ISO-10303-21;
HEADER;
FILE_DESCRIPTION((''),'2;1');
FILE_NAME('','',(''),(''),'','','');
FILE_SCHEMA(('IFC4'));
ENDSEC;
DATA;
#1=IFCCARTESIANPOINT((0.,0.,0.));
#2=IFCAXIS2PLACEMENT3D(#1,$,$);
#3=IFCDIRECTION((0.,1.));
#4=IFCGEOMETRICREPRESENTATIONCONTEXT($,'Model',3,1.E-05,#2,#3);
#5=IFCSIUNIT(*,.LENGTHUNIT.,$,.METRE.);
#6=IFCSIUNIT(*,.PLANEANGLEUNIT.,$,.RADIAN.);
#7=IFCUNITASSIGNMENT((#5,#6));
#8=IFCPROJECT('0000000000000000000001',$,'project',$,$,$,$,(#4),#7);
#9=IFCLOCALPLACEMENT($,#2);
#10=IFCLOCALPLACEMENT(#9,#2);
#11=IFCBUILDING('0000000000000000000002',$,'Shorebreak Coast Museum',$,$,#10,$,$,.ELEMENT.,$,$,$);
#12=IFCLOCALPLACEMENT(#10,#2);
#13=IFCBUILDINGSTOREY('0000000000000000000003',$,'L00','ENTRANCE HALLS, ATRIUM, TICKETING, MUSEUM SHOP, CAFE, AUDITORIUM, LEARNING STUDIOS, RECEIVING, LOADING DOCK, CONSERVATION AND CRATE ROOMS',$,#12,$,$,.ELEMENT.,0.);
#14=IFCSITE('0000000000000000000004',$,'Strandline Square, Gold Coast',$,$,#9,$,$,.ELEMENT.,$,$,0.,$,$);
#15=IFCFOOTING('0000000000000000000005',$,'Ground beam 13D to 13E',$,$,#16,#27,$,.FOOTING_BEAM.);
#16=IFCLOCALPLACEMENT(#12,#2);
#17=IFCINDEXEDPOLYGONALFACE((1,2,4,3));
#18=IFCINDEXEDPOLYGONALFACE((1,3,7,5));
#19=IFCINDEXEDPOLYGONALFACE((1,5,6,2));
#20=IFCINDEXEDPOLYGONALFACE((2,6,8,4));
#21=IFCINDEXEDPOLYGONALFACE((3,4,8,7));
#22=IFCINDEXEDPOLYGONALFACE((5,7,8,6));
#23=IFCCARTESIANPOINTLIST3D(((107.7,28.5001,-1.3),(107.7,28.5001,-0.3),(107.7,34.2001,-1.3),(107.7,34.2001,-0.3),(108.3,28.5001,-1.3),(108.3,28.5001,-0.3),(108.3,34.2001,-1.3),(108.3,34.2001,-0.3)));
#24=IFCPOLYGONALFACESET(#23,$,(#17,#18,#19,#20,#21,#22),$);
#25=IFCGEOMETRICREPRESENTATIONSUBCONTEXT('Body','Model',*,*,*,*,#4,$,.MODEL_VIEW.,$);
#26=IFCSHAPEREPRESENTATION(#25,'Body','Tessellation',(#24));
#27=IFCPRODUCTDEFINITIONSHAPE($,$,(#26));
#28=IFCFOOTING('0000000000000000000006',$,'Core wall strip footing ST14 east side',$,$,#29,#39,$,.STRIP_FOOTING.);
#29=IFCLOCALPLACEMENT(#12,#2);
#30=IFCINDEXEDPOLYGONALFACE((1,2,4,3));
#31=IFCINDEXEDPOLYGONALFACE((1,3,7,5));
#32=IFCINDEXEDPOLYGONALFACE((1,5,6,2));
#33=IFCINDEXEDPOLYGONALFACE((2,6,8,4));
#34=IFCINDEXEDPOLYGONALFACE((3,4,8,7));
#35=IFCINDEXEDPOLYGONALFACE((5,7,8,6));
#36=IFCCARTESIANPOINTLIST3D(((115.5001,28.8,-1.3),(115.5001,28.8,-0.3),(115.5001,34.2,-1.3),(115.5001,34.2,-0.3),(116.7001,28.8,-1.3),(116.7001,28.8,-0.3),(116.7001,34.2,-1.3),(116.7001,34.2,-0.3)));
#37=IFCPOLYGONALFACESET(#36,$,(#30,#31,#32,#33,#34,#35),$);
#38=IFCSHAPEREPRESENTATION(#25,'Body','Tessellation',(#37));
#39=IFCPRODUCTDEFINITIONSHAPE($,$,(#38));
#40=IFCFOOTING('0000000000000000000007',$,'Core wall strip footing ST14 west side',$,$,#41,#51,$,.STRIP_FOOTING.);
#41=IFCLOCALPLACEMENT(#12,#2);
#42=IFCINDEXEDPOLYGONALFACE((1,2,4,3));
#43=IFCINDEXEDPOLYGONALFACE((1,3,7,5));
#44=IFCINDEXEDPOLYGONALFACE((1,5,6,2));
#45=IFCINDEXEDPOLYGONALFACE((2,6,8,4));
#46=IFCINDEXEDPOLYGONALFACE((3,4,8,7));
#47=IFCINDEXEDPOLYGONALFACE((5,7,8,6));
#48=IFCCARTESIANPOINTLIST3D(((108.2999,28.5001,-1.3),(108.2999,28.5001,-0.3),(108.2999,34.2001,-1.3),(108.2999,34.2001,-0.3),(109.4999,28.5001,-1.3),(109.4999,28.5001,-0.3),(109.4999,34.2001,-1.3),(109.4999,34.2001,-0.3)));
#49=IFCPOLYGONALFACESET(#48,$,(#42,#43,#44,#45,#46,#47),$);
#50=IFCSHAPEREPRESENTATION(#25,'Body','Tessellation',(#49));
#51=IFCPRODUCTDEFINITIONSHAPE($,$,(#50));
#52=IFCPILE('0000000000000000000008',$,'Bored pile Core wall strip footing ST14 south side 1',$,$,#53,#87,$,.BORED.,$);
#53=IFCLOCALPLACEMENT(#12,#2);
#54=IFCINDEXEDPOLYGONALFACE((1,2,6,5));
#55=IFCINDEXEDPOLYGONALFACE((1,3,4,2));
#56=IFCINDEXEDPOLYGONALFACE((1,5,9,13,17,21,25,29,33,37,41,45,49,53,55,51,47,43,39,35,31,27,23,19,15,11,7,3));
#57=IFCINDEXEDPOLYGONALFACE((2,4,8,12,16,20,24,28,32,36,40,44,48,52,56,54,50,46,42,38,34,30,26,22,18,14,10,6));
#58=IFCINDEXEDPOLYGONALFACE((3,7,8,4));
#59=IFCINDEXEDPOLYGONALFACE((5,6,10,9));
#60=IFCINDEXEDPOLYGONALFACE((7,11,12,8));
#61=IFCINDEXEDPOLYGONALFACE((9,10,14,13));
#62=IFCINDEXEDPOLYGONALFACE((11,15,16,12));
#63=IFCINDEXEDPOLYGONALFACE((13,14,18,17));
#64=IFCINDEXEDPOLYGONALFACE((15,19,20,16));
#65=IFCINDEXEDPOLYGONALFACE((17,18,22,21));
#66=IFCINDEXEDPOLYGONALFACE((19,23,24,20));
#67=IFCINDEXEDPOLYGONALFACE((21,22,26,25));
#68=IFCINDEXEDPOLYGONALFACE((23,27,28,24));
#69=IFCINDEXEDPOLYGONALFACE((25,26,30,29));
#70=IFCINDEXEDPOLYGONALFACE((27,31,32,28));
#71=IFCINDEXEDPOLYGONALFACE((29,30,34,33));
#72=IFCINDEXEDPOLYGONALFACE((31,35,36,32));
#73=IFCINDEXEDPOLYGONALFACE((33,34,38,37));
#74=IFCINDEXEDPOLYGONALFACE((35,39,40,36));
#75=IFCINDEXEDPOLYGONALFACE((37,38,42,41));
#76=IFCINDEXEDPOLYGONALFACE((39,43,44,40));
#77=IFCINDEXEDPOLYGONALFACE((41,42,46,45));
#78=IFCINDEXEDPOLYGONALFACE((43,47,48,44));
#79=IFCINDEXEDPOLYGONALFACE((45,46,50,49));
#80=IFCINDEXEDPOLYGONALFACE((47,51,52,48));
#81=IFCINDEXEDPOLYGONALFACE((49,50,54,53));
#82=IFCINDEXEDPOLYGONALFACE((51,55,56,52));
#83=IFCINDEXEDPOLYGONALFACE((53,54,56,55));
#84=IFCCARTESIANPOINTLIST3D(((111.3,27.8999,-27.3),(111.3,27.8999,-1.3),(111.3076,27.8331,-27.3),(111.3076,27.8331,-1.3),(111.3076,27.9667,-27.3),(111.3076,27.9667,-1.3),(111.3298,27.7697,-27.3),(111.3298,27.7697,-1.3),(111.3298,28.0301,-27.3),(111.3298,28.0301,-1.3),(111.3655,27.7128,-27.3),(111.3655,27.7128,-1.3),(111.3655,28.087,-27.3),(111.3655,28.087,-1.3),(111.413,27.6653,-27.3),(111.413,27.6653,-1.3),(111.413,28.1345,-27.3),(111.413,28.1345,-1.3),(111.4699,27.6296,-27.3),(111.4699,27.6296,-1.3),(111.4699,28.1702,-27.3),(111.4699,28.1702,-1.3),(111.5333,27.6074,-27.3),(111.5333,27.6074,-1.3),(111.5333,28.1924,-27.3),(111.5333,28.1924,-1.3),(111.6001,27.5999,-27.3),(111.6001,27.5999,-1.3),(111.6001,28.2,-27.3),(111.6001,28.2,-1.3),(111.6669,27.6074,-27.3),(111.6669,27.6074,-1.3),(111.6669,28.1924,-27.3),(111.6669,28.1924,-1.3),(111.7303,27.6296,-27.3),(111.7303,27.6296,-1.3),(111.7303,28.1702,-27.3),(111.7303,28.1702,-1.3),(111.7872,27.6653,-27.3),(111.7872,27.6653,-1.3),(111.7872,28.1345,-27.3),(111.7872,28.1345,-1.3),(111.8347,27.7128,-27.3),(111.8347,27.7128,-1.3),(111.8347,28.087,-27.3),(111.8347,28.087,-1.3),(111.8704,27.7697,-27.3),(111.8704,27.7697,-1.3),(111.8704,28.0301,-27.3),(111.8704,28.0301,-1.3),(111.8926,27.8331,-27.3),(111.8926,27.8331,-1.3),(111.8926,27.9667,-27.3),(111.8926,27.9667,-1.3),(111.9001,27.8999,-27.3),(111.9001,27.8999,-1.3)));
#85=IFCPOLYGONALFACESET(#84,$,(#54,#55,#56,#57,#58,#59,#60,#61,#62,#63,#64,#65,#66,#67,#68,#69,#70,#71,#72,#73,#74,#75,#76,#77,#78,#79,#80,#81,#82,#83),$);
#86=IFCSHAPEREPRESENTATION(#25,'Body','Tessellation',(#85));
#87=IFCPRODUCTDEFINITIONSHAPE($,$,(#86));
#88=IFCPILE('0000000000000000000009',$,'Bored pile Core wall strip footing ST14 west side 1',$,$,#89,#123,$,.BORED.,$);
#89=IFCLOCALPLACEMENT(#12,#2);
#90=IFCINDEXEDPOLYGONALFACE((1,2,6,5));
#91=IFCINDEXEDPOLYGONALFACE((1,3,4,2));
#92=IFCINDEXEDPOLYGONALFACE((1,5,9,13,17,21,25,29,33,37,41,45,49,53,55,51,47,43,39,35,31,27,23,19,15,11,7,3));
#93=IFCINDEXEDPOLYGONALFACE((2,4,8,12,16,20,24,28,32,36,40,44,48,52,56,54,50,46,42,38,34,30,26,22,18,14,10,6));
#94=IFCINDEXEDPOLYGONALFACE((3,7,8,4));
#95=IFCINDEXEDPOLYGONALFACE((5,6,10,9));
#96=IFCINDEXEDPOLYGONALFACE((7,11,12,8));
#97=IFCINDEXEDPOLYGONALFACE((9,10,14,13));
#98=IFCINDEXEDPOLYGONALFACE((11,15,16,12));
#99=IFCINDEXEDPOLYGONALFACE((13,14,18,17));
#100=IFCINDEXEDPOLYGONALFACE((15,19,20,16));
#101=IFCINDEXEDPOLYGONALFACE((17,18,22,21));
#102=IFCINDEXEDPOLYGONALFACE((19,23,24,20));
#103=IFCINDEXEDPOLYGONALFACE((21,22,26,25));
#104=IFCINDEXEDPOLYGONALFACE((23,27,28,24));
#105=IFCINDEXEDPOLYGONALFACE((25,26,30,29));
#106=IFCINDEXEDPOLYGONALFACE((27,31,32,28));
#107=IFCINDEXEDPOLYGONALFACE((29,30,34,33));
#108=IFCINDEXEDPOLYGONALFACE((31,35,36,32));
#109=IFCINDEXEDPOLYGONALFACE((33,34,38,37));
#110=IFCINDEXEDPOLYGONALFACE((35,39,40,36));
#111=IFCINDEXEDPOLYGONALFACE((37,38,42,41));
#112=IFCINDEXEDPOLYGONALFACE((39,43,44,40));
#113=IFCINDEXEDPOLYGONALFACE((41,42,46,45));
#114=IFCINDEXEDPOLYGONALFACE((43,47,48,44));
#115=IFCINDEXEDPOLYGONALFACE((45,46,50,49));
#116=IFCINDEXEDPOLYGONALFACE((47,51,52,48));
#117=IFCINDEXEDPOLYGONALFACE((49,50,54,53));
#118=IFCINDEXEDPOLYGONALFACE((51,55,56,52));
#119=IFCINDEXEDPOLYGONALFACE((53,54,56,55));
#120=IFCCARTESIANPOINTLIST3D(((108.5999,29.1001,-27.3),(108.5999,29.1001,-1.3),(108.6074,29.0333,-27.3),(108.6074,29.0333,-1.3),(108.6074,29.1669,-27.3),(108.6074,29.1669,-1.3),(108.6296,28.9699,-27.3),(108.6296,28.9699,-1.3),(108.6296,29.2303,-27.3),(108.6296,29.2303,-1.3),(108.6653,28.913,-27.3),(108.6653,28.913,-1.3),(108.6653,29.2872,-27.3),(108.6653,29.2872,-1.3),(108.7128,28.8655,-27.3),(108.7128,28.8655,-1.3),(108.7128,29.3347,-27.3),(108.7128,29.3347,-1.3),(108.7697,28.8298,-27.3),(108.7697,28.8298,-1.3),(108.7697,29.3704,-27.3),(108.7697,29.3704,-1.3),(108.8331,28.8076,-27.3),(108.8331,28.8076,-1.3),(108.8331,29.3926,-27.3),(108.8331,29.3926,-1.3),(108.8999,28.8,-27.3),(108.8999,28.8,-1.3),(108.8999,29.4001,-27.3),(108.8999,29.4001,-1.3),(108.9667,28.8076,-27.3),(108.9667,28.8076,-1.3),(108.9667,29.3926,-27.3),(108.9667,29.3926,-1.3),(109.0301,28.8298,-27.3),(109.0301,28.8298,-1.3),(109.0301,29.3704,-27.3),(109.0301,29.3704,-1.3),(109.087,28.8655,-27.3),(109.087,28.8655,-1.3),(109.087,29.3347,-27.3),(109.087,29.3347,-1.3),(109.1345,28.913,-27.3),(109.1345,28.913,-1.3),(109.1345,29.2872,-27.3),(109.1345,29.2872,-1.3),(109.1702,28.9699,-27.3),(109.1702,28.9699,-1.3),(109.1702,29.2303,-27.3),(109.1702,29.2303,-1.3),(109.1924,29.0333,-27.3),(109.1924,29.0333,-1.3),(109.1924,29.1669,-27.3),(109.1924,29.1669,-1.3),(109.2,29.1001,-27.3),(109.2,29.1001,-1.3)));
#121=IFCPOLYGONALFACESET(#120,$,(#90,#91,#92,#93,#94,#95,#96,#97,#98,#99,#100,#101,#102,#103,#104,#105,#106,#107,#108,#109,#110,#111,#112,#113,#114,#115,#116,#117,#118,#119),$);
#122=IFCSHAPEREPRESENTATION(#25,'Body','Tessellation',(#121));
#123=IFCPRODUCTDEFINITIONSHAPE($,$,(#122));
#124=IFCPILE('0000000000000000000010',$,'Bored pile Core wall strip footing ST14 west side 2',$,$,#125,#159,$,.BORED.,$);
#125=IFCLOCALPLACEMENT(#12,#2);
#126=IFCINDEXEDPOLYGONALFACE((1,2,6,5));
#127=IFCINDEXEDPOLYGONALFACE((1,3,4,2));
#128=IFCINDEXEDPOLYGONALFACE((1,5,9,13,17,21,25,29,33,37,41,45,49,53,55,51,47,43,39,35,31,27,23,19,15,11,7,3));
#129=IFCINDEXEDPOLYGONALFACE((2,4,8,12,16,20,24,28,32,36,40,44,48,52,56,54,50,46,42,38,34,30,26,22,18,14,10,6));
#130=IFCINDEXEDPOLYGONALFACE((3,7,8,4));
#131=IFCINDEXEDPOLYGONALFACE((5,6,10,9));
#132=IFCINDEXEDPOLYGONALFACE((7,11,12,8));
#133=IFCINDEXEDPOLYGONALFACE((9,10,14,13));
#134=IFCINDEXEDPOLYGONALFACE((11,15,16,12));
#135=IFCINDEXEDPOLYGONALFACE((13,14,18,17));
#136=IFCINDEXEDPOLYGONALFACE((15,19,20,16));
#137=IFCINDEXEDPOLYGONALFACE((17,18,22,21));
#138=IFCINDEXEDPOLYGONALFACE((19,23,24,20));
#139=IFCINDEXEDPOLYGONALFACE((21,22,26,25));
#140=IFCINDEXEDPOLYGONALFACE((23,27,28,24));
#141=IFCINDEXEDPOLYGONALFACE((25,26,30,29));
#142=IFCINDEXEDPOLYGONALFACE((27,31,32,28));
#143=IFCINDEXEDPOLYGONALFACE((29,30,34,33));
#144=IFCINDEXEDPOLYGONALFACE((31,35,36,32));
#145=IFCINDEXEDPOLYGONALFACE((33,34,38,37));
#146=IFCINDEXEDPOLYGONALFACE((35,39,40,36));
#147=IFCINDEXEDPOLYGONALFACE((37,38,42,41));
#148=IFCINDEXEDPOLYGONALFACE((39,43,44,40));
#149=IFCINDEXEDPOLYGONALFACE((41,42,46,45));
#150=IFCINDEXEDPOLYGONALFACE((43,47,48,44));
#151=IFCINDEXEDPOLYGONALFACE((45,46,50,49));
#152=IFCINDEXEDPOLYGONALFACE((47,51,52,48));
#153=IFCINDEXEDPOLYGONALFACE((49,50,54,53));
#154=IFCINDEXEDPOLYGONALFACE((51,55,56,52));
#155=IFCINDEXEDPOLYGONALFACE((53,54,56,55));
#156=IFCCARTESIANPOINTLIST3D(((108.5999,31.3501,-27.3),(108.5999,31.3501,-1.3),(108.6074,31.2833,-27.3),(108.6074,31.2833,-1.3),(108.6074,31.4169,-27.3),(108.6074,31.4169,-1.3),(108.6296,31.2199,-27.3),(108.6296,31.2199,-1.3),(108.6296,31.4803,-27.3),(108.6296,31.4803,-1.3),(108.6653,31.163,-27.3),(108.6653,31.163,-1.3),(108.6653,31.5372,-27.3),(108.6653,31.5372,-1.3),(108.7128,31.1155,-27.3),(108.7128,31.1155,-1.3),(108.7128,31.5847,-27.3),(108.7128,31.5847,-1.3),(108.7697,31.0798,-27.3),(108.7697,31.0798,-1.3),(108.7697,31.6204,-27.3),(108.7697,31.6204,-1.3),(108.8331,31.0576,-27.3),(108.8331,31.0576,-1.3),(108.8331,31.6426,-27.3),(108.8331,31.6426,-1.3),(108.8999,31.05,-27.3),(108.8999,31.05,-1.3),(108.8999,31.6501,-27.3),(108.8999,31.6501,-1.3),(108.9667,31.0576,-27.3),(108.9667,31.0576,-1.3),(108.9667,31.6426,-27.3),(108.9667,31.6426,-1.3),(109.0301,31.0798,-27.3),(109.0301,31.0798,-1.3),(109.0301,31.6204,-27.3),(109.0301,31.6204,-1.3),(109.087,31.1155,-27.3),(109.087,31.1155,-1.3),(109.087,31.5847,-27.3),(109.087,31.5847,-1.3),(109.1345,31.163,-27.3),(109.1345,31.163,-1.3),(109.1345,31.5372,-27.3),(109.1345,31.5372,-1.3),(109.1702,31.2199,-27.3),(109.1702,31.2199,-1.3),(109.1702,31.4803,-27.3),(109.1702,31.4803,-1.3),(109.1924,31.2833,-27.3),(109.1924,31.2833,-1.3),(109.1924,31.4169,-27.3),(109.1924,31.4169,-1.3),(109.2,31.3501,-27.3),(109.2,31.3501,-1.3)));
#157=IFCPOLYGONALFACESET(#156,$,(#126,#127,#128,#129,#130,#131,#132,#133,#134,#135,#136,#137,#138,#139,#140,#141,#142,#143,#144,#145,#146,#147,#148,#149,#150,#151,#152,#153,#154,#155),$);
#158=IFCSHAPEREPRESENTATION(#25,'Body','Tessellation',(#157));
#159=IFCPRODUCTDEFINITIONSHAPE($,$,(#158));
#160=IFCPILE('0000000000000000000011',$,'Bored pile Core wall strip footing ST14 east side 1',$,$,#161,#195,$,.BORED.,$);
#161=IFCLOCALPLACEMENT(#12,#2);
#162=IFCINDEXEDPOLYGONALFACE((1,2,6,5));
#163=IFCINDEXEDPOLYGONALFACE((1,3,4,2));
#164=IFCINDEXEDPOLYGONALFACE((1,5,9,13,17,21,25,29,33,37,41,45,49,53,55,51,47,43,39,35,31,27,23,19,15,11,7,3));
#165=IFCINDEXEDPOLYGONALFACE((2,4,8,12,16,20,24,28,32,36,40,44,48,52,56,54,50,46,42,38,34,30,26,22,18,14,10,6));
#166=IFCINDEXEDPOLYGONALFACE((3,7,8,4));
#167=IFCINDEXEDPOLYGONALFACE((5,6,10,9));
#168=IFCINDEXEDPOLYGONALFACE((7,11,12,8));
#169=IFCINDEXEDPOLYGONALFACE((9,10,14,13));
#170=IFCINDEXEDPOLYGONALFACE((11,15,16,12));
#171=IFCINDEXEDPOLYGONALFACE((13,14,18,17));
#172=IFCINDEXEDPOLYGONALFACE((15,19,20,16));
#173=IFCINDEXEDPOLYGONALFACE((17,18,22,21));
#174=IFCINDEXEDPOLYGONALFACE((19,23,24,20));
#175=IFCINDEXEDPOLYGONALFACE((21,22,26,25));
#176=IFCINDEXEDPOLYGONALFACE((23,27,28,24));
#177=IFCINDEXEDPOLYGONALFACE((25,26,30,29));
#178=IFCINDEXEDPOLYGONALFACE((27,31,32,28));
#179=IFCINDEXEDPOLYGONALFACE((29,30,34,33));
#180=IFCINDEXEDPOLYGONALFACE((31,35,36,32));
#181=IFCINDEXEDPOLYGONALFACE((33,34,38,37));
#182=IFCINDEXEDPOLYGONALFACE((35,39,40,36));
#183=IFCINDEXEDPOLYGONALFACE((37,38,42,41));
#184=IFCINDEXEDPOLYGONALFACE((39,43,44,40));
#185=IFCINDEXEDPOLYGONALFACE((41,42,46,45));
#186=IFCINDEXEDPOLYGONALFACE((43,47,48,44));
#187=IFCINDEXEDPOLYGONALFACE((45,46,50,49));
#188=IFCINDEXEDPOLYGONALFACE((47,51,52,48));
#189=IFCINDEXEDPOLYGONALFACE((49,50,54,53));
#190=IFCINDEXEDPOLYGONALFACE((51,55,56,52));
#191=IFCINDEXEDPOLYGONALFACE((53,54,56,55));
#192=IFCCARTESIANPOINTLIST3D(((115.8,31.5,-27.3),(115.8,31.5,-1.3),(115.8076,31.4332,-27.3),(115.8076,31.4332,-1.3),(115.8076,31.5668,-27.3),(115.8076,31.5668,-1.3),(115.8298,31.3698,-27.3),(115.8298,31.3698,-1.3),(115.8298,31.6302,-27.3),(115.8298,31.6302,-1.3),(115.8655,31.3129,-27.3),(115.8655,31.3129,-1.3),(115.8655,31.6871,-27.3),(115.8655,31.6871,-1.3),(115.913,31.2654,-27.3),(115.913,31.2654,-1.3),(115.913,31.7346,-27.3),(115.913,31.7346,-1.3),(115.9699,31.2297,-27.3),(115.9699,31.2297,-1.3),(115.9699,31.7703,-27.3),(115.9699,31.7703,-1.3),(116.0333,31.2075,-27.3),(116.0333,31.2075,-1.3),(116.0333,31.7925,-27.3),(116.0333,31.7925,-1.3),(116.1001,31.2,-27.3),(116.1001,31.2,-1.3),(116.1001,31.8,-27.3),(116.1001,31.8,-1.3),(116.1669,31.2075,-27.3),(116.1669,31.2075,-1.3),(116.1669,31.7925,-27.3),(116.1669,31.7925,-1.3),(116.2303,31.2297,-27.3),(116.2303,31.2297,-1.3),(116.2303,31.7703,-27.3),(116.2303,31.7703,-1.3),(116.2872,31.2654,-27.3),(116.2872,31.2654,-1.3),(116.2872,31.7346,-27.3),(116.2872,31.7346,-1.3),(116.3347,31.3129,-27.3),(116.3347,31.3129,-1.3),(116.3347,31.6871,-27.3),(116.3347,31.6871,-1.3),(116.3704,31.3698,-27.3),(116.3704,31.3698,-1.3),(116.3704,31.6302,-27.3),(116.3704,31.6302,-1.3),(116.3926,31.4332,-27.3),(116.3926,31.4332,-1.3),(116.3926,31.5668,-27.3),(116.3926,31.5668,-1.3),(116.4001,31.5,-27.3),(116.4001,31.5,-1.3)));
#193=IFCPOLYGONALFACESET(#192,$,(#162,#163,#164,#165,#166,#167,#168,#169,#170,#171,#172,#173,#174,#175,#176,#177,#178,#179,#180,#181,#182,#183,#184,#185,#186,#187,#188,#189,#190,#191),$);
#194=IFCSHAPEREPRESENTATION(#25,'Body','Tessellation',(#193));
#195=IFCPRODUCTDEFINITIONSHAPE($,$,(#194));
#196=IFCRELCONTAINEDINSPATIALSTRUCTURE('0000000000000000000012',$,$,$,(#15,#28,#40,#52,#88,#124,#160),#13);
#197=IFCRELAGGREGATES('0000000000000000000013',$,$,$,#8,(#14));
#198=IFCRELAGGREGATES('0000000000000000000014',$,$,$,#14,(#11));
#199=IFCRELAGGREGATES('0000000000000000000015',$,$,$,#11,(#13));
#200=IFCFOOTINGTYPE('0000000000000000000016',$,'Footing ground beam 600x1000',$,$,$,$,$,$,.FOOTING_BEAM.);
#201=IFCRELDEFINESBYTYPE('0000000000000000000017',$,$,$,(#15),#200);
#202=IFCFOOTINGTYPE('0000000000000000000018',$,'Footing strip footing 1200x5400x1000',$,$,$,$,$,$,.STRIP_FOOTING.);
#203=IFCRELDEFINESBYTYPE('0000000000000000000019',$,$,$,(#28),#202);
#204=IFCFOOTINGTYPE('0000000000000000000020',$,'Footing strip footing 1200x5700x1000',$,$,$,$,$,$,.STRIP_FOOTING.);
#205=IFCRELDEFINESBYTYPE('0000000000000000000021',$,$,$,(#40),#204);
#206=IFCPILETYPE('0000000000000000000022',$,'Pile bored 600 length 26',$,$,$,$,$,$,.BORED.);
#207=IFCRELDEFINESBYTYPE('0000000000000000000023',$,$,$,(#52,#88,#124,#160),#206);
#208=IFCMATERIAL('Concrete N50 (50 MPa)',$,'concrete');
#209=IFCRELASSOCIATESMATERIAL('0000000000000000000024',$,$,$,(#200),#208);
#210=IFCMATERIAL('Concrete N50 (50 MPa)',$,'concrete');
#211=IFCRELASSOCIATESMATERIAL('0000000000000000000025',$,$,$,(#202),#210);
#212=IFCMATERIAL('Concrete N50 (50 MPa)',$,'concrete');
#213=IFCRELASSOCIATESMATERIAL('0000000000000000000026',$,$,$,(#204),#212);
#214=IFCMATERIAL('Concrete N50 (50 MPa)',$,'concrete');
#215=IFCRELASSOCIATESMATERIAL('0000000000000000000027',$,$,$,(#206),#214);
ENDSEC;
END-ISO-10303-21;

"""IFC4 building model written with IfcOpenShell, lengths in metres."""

from ifc_helpers import new_model, si_unit, direction, frame, origin, origin_2d, place, context, subcontext, project, spatial, rectangle, circle, extrude, material, material_profile, profile_set, type_object, element, save


model = new_model("IFC4")

# Units and contexts
model_context = context("Model", 3, precision=1e-05, world=origin(), true_north=direction((0.0, 1.0)))
body_context = subcontext(model_context, "Body", "Model", "MODEL_VIEW")
ifc_project = project(units=[si_unit("LENGTHUNIT", "METRE"), si_unit("PLANEANGLEUNIT", "RADIAN")], contexts=[model_context])

# Site, building, storey
site_placement = place(None, origin())
site = spatial("IfcSite", under=ifc_project, at=site_placement, Name="Strandline Square, Gold Coast", CompositionType="ELEMENT", RefElevation=0.0)
building_placement = place(site_placement, origin())
building = spatial("IfcBuilding", under=site, at=building_placement, Name="Shorebreak Coast Museum", CompositionType="ELEMENT")
storey_placement = place(building_placement, origin())
storey = spatial("IfcBuildingStorey", under=building, at=storey_placement, Name="L00", Description="ENTRANCE HALLS, ATRIUM, TICKETING, MUSEUM SHOP, CAFE, AUDITORIUM, LEARNING STUDIOS, RECEIVING, LOADING DOCK, CONSERVATION AND CRATE ROOMS", CompositionType="ELEMENT", Elevation=0.0)

# Footings
ifc_material_1 = material(Name="Concrete N50 (50 MPa)", Category="concrete")
footing_type_1 = type_object("IfcFootingType", Name="Footing ground beam 600x1000", PredefinedType="FOOTING_BEAM", material=ifc_material_1)
footing_1_placement = place(storey_placement, frame((108.0, 31.3501, -1.3), z_axis=(0.0, 0.0, 1.0), x_axis=(1.0, 0.0, 0.0)))
element("IfcFooting", 1, at=footing_1_placement, inside=storey, type_object=footing_type_1, Name="Ground beam 13D to 13E", PredefinedType="FOOTING_BEAM", context=body_context, shape_type="SweptSolid", body=[
    extrude(rectangle(XDim=0.6001, YDim=5.7, at=origin_2d()), origin(), (0.0, 0.0, 1.0), 1.0),
])
ifc_material_2 = material(Name="Concrete N50 (50 MPa)", Category="concrete")
footing_type_2 = type_object("IfcFootingType", Name="Footing strip footing 1200x5400x1000", PredefinedType="STRIP_FOOTING", material=ifc_material_2)
footing_2_placement = place(storey_placement, frame((116.1001, 31.5, -1.3), z_axis=(0.0, 0.0, 1.0), x_axis=(1.0, 0.0, 0.0)))
element("IfcFooting", 2, at=footing_2_placement, inside=storey, type_object=footing_type_2, Name="Core wall strip footing ST14 east side", PredefinedType="STRIP_FOOTING", context=body_context, shape_type="SweptSolid", body=[
    extrude(rectangle(XDim=1.2, YDim=5.3999, at=origin_2d()), origin(), (0.0, 0.0, 1.0), 1.0),
])
ifc_material_3 = material(Name="Concrete N50 (50 MPa)", Category="concrete")
footing_type_3 = type_object("IfcFootingType", Name="Footing strip footing 1200x5700x1000", PredefinedType="STRIP_FOOTING", material=ifc_material_3)
footing_3_placement = place(storey_placement, frame((108.8999, 31.3501, -1.3), z_axis=(0.0, 0.0, 1.0), x_axis=(1.0, 0.0, 0.0)))
element("IfcFooting", 3, at=footing_3_placement, inside=storey, type_object=footing_type_3, Name="Core wall strip footing ST14 west side", PredefinedType="STRIP_FOOTING", context=body_context, shape_type="SweptSolid", body=[
    extrude(rectangle(XDim=1.2, YDim=5.7, at=origin_2d()), origin(), (0.0, 0.0, 1.0), 1.0),
])

# Piles
ifc_material_4 = material(Name="Concrete N50 (50 MPa)", Category="concrete")
ifc_material_profile_1 = material_profile(ifc_material_4, circle(Radius=0.3, at=origin_2d()), Name="Pile bored 600 length 26")
ifc_profile_set_1 = profile_set([ifc_material_profile_1], Name="Concrete N50 (50 MPa)")
pile_type_1 = type_object("IfcPileType", Name="Pile bored 600 length 26", PredefinedType="BORED", material=ifc_profile_set_1)
for number, where, z_axis, x_axis, name in (
    (4, (111.6001, 27.8999, -1.3), (0.0, 0.0, -1.0), (1.0, 0.0, 0.0), "Bored pile Core wall strip footing ST14 south side 1"),
    (5, (108.8999, 29.1001, -1.3), (0.0, 0.0, -1.0), (1.0, 0.0, 0.0), "Bored pile Core wall strip footing ST14 west side 1"),
    (6, (108.8999, 31.3501, -1.3), (0.0, 0.0, -1.0), (1.0, 0.0, 0.0), "Bored pile Core wall strip footing ST14 west side 2"),
    (7, (116.1001, 31.5, -1.3), (0.0, 0.0, -1.0), (1.0, 0.0, 0.0), "Bored pile Core wall strip footing ST14 east side 1"),
):
    element("IfcPile", number, at=place(storey_placement, frame(where, z_axis=z_axis, x_axis=x_axis)), inside=storey, type_object=pile_type_1, Name=name, PredefinedType="BORED", context=body_context, shape_type="SweptSolid", body=[
        extrude(circle(Radius=0.3, at=origin_2d()), origin(), (0.0, 0.0, 1.0), 26.0),
    ])

save(model, "model.ifc")
